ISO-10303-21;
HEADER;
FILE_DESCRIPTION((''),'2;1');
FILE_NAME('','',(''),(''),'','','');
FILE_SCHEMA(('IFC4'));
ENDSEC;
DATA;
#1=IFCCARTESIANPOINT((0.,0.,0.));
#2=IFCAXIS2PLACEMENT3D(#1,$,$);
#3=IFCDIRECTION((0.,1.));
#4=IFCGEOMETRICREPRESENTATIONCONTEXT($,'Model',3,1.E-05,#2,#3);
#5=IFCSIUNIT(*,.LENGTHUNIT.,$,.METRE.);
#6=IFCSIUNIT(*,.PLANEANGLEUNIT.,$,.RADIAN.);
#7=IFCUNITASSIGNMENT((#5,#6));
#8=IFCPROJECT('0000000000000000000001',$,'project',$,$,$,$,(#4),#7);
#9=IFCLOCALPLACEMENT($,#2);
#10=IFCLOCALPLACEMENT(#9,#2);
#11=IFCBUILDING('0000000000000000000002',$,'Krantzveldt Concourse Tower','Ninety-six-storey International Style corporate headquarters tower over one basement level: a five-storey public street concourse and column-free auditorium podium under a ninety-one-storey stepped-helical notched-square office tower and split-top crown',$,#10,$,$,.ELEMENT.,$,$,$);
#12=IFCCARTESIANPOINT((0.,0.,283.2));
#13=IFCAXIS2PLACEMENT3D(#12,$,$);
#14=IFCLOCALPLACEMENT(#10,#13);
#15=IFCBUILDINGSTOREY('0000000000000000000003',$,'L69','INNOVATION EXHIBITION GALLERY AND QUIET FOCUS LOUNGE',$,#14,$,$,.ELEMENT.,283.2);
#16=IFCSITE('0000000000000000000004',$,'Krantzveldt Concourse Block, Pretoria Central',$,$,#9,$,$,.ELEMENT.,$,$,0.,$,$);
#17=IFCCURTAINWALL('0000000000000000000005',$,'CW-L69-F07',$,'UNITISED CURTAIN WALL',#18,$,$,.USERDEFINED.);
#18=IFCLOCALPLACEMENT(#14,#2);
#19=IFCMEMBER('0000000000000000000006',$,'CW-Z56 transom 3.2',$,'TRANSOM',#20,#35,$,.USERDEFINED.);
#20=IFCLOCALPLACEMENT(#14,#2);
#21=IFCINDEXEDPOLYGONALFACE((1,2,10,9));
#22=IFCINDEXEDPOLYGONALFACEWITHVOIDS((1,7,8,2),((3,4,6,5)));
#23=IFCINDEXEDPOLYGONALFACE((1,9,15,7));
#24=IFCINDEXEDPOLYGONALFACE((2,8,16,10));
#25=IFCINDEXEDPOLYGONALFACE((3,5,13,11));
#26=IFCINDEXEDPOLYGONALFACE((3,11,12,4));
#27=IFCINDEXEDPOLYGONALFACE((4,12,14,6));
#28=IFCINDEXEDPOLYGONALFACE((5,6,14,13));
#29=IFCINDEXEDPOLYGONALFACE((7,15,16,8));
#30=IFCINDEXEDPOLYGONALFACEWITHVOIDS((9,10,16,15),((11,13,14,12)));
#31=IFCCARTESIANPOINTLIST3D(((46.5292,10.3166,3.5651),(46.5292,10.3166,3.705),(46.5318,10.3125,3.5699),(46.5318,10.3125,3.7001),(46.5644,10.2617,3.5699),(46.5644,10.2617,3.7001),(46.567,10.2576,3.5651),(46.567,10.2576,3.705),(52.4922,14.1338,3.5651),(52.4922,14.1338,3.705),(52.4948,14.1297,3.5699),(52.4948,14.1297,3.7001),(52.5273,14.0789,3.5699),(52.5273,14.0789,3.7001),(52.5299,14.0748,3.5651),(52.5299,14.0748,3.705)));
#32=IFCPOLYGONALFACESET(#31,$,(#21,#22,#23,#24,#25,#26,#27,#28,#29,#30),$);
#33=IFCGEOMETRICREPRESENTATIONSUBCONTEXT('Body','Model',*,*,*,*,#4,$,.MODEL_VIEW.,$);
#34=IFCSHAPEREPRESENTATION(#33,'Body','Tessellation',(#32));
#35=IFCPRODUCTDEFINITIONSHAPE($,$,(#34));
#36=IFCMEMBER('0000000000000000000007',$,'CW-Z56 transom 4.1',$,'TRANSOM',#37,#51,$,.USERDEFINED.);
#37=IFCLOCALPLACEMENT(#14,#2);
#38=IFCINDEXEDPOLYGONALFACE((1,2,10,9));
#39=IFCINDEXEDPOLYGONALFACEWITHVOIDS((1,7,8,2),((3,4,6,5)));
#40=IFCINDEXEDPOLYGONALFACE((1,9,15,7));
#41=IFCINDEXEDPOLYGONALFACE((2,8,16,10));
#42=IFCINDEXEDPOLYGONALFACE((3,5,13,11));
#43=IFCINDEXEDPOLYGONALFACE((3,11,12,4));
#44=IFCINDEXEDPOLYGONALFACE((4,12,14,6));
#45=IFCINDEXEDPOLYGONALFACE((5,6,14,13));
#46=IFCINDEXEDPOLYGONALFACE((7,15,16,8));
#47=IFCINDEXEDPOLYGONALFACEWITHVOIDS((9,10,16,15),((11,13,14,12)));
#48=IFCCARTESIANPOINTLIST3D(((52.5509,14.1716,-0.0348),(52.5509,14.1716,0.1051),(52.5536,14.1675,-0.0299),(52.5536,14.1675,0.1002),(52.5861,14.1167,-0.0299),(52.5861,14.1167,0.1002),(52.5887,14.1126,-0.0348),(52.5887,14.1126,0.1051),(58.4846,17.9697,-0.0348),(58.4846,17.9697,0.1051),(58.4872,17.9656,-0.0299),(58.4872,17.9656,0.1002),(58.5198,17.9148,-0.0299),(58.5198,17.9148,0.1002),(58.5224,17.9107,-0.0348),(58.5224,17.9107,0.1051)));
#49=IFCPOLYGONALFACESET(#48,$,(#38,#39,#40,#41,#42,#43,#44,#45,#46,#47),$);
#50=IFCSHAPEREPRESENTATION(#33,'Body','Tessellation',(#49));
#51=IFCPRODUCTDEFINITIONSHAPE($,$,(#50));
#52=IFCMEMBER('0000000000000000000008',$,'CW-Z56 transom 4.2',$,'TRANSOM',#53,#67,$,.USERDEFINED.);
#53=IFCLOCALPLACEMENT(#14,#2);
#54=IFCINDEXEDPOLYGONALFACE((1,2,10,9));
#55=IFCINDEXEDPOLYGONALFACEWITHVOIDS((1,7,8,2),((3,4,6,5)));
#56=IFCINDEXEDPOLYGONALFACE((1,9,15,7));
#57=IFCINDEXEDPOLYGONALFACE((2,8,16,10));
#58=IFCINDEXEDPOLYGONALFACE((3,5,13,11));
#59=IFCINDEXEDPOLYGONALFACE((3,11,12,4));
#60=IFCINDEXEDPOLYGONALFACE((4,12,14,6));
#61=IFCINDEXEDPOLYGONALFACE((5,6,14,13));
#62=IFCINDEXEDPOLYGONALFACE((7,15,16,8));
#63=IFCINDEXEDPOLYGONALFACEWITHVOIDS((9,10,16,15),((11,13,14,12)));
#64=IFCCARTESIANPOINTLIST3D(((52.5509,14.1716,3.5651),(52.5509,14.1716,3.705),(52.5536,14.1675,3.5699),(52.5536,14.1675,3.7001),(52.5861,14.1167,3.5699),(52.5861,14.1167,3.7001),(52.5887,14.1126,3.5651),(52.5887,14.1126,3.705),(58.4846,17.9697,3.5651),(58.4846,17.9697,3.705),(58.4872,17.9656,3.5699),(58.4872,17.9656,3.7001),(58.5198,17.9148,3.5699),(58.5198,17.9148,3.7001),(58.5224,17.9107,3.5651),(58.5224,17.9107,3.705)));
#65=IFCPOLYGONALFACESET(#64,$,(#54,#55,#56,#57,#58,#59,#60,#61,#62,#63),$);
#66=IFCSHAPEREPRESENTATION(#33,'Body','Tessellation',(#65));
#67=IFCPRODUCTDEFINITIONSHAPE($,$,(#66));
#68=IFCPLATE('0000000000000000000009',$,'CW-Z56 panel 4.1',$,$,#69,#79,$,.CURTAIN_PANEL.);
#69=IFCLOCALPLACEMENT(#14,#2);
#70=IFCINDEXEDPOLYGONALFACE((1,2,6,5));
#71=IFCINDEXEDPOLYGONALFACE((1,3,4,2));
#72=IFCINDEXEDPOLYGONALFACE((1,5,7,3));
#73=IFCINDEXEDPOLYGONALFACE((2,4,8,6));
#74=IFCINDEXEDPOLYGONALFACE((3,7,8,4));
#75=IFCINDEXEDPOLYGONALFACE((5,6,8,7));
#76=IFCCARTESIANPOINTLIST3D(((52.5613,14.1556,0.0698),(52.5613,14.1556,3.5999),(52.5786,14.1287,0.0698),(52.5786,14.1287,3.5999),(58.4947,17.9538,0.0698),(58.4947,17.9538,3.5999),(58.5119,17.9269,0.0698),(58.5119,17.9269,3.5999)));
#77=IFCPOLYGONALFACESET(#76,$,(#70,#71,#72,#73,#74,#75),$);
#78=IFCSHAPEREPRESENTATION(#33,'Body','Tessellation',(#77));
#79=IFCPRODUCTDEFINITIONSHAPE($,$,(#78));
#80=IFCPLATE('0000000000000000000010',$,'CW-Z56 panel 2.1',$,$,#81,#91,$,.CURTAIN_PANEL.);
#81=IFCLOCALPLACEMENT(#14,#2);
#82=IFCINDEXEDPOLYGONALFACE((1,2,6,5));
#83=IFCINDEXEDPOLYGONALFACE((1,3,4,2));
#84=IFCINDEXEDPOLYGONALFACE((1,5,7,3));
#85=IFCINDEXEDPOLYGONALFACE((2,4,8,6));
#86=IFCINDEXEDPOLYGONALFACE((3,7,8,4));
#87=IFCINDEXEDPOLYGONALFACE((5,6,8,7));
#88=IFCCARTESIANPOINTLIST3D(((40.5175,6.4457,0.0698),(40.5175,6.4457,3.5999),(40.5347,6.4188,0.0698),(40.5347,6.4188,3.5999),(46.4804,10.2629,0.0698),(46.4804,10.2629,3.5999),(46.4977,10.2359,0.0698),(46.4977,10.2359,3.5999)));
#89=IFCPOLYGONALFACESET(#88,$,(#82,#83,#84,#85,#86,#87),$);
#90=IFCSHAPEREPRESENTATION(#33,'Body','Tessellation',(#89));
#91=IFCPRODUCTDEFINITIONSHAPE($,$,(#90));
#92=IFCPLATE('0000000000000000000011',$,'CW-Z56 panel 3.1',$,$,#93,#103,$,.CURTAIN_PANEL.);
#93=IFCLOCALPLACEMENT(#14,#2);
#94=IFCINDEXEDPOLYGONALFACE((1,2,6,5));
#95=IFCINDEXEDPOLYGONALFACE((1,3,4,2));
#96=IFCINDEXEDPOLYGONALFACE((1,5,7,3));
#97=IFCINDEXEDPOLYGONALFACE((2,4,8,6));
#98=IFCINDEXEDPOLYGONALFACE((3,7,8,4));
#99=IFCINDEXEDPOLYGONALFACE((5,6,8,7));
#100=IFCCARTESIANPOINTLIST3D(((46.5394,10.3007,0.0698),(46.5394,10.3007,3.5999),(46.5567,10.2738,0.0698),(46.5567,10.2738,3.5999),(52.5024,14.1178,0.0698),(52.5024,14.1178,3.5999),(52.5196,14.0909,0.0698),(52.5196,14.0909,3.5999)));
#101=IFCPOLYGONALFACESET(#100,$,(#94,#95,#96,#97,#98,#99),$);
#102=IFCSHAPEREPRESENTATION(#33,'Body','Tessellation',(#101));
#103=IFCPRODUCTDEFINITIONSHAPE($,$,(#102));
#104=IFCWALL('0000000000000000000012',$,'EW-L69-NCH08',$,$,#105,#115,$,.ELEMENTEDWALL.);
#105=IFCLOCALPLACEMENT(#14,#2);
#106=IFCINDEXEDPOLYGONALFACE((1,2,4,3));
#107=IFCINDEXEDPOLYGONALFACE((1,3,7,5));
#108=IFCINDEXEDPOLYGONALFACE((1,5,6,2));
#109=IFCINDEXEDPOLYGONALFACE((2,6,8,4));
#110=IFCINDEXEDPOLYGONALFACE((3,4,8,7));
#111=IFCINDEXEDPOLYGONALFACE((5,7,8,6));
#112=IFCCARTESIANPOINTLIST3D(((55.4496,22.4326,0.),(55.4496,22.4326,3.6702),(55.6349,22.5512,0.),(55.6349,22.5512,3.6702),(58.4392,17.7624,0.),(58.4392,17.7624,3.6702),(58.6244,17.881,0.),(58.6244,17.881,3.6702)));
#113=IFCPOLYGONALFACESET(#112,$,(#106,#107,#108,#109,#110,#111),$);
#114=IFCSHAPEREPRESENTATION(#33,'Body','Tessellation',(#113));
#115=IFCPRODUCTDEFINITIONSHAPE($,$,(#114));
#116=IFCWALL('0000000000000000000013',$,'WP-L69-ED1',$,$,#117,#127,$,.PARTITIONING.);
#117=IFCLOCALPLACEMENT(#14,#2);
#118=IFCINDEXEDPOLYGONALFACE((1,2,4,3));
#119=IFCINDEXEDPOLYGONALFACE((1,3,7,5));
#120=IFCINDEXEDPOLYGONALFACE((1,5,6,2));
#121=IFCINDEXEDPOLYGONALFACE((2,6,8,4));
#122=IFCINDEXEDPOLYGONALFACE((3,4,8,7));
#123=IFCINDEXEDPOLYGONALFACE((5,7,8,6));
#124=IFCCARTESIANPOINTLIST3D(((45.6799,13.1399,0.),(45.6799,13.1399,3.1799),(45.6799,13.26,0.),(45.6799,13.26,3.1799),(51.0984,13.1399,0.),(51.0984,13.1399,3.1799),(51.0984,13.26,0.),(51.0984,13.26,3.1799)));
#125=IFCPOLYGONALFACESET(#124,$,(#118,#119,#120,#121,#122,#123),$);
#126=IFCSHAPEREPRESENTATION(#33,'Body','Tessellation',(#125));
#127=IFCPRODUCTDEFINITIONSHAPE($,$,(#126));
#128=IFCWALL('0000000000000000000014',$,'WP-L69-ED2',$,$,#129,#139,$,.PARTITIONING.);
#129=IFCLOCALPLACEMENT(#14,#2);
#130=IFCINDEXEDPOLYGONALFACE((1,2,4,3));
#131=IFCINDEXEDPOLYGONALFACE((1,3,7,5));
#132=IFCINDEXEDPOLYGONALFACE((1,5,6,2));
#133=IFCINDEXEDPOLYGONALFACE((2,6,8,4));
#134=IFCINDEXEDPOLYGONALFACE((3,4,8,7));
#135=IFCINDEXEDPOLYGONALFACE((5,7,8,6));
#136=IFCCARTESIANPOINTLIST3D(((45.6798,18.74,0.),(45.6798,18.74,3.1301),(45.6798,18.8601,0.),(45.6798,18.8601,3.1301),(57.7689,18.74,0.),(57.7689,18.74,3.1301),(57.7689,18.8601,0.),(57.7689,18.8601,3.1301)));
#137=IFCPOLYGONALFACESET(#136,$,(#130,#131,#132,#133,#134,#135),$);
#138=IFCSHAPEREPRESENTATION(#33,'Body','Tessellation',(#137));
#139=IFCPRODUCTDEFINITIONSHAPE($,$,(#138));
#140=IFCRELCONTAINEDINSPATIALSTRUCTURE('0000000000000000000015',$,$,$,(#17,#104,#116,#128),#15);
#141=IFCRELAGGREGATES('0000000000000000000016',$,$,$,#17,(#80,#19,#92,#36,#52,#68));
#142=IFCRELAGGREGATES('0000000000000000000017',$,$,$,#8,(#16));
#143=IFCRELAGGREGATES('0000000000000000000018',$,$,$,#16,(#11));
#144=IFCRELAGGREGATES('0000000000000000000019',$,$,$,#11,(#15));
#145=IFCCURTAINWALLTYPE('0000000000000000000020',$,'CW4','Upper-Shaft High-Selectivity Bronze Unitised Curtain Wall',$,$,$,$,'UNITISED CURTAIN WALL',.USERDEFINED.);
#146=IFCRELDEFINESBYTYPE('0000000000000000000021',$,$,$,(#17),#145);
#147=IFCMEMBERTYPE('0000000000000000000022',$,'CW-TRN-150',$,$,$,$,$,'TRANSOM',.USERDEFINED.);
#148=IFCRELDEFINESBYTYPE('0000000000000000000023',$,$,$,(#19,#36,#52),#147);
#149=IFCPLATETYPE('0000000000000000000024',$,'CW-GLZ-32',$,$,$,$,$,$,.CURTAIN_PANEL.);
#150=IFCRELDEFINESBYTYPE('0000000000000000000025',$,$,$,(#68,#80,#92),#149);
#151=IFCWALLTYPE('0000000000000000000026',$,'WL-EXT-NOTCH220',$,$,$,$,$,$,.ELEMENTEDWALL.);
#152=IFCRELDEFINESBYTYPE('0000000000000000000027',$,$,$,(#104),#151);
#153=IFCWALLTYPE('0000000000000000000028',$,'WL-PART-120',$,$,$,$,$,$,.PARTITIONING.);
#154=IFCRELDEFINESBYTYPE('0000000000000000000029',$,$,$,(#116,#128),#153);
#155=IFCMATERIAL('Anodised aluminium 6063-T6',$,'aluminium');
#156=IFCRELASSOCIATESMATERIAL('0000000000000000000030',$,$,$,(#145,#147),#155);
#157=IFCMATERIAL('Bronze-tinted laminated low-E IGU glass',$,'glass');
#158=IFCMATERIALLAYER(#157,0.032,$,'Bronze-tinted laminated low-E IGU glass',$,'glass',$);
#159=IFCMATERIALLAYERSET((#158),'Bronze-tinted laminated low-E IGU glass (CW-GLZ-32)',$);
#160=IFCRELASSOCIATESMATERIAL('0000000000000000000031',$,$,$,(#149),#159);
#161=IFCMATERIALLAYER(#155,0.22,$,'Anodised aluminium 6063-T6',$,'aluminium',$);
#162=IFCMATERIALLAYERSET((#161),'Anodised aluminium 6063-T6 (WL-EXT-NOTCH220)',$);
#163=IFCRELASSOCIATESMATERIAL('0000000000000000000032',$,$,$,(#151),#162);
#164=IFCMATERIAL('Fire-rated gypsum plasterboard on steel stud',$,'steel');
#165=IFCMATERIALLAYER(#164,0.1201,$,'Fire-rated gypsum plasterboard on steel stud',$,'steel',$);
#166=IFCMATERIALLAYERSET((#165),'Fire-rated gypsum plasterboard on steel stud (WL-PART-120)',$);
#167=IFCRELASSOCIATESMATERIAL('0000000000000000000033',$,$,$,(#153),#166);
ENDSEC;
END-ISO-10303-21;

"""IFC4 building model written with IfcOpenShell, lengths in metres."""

from ifc_helpers import new_model, si_unit, direction, frame, frame_2d, origin, origin_2d, place, context, subcontext, project, spatial, rectangle, hollow_rectangle, extrude, source, transform, mapped, material, layer, layer_set, material_profile, profile_set, type_object, type_shapes, element, aggregate, save


model = new_model("IFC4")

# Units and contexts
model_context = context("Model", 3, precision=1e-05, world=origin(), true_north=direction((0.0, 1.0)))
body_context = subcontext(model_context, "Body", "Model", "MODEL_VIEW")
ifc_project = project(units=[si_unit("LENGTHUNIT", "METRE"), si_unit("PLANEANGLEUNIT", "RADIAN")], contexts=[model_context])

# Site, building, storey
site_placement = place(None, origin())
site = spatial("IfcSite", under=ifc_project, at=site_placement, Name="Krantzveldt Concourse Block, Pretoria Central", CompositionType="ELEMENT", RefElevation=0.0)
building_placement = place(site_placement, origin())
building = spatial("IfcBuilding", under=site, at=building_placement, Name="Krantzveldt Concourse Tower", Description="Ninety-six-storey International Style corporate headquarters tower over one basement level: a five-storey public street concourse and column-free auditorium podium under a ninety-one-storey stepped-helical notched-square office tower and split-top crown", CompositionType="ELEMENT")
storey_placement = place(building_placement, frame((0.0, 0.0, 283.2)))
storey = spatial("IfcBuildingStorey", under=building, at=storey_placement, Name="L69", Description="INNOVATION EXHIBITION GALLERY AND QUIET FOCUS LOUNGE", CompositionType="ELEMENT", Elevation=283.2)

# Curtain wall, members, plates
ifc_material_1 = material(Name="Anodised aluminium 6063-T6", Category="aluminium")
curtain_wall_type = type_object("IfcCurtainWallType", Name="CW4", Description="Upper-Shaft High-Selectivity Bronze Unitised Curtain Wall", ElementType="UNITISED CURTAIN WALL", PredefinedType="USERDEFINED", material=ifc_material_1)
curtain_wall_placement = place(storey_placement, origin())
curtain_wall = element("IfcCurtainWall", 1, at=curtain_wall_placement, inside=storey, type_object=curtain_wall_type, Name="CW-L69-F07", ObjectType="UNITISED CURTAIN WALL", PredefinedType="USERDEFINED")
ifc_material_profile_1 = material_profile(ifc_material_1, hollow_rectangle(XDim=0.0701, YDim=0.1399, WallThickness=0.0049, at=origin_2d()), Name="Anodised aluminium 6063-T6", Category="aluminium")
ifc_profile_set_1 = profile_set([ifc_material_profile_1], Name="Anodised aluminium 6063-T6 - ALU-TRAN 140x70x5")
member_type_1 = type_object("IfcMemberType", Name="CW-TRN-150", ElementType="TRANSOM", PredefinedType="USERDEFINED", material=ifc_profile_set_1)
shared_shape_1 = source(origin(), body_context, "Body", "SweptSolid", [
    extrude(hollow_rectangle(XDim=0.0701, YDim=0.1399, WallThickness=0.0049, at=origin_2d()), origin(), (0.0, 0.0, 1.0), 7.0801),
])
member_1_placement = place(storey_placement, frame((46.5481, 10.2871, 3.635), z_axis=(0.842214, 0.539143, 0.0), x_axis=(-0.539143, 0.842214, 0.0)))
member_1 = element("IfcMember", 2, at=member_1_placement, type_object=member_type_1, Name="CW-Z56 transom 3.2", ObjectType="TRANSOM", PredefinedType="USERDEFINED", context=body_context, shape_type="MappedRepresentation", body=[
    mapped(shared_shape_1, transform((0.0, 0.0, 0.0), x_axis=(1.0, 0.0, 0.0), y_axis=(0.0, 1.0, 0.0), z_axis=(0.0, 0.0, 1.0), scale=1.0)),
])
shared_shape_2 = source(origin(), body_context, "Body", "SweptSolid", [
    extrude(hollow_rectangle(XDim=0.0701, YDim=0.1399, WallThickness=0.0049, at=origin_2d()), origin(), (0.0, 0.0, 1.0), 7.0452),
])
type_shapes(member_type_1, [shared_shape_1, shared_shape_2])
member_2_placement = place(storey_placement, frame((52.5698, 14.1421, 0.0352), z_axis=(0.842233, 0.539114, 0.0), x_axis=(-0.539114, 0.842233, 0.0)))
member_2 = element("IfcMember", 3, at=member_2_placement, type_object=member_type_1, Name="CW-Z56 transom 4.1", ObjectType="TRANSOM", PredefinedType="USERDEFINED", context=body_context, shape_type="MappedRepresentation", body=[
    mapped(shared_shape_2, transform((0.0, 0.0, 0.0), x_axis=(1.0, 0.0, 0.0), y_axis=(0.0, 1.0, 0.0), z_axis=(0.0, 0.0, 1.0), scale=1.0)),
])
member_3_placement = place(storey_placement, frame((52.5698, 14.1421, 3.635), z_axis=(0.842233, 0.539114, 0.0), x_axis=(-0.539114, 0.842233, 0.0)))
member_3 = element("IfcMember", 4, at=member_3_placement, type_object=member_type_1, Name="CW-Z56 transom 4.2", ObjectType="TRANSOM", PredefinedType="USERDEFINED", context=body_context, shape_type="MappedRepresentation", body=[
    mapped(shared_shape_2, transform((0.0, 0.0, 0.0), x_axis=(1.0, 0.0, 0.0), y_axis=(0.0, 1.0, 0.0), z_axis=(0.0, 0.0, 1.0), scale=1.0)),
])
ifc_material_2 = material(Name="Bronze-tinted laminated low-E IGU glass", Category="glass")
ifc_layer_1 = layer(ifc_material_2, 0.032, Name="Bronze-tinted laminated low-E IGU glass", Category="glass")
ifc_layer_set_1 = layer_set([ifc_layer_1], Name="Bronze-tinted laminated low-E IGU glass (CW-GLZ-32)")
plate_type = type_object("IfcPlateType", Name="CW-GLZ-32", PredefinedType="CURTAIN_PANEL", material=ifc_layer_set_1)
shared_shape_3 = source(origin(), body_context, "Body", "SweptSolid", [
    extrude(rectangle(XDim=7.0449, YDim=0.032, at=origin_2d()), origin(), (0.0, 0.0, 1.0), 3.53),
])
plate_1_placement = place(storey_placement, frame((55.5366, 16.0413, 0.0698), z_axis=(0.0, 0.0, 1.0), x_axis=(0.842217, 0.539138, 0.0)))
plate_1 = element("IfcPlate", 5, at=plate_1_placement, type_object=plate_type, Name="CW-Z56 panel 4.1", PredefinedType="CURTAIN_PANEL", context=body_context, shape_type="MappedRepresentation", body=[
    mapped(shared_shape_3, transform((0.0, 0.0, 0.0), x_axis=(1.0, 0.0, 0.0), y_axis=(0.0, 1.0, 0.0), z_axis=(0.0, 0.0, 1.0), scale=1.0)),
])
shared_shape_4 = source(origin(), body_context, "Body", "SweptSolid", [
    extrude(rectangle(XDim=7.0801, YDim=0.032, at=origin_2d()), origin(), (0.0, 0.0, 1.0), 3.53),
])
type_shapes(plate_type, [shared_shape_3, shared_shape_4])
plate_2_placement = place(storey_placement, frame((43.5076, 8.3408, 0.0698), z_axis=(0.0, 0.0, 1.0), x_axis=(0.842217, 0.539138, 0.0)))
plate_2 = element("IfcPlate", 6, at=plate_2_placement, type_object=plate_type, Name="CW-Z56 panel 2.1", PredefinedType="CURTAIN_PANEL", context=body_context, shape_type="MappedRepresentation", body=[
    mapped(shared_shape_4, transform((0.0, 0.0, 0.0), x_axis=(1.0, 0.0, 0.0), y_axis=(0.0, 1.0, 0.0), z_axis=(0.0, 0.0, 1.0), scale=1.0)),
])
plate_3_placement = place(storey_placement, frame((49.5295, 12.1958, 0.0698), z_axis=(0.0, 0.0, 1.0), x_axis=(0.842217, 0.539138, 0.0)))
plate_3 = element("IfcPlate", 7, at=plate_3_placement, type_object=plate_type, Name="CW-Z56 panel 3.1", PredefinedType="CURTAIN_PANEL", context=body_context, shape_type="MappedRepresentation", body=[
    mapped(shared_shape_4, transform((0.0, 0.0, 0.0), x_axis=(1.0, 0.0, 0.0), y_axis=(0.0, 1.0, 0.0), z_axis=(0.0, 0.0, 1.0), scale=1.0)),
])
aggregate(curtain_wall, [plate_2, member_1, plate_3, member_2, member_3, plate_1])

# Walls
ifc_layer_2 = layer(ifc_material_1, 0.22, Name="Anodised aluminium 6063-T6", Category="aluminium")
ifc_layer_set_2 = layer_set([ifc_layer_2], Name="Anodised aluminium 6063-T6 (WL-EXT-NOTCH220)")
wall_type_1 = type_object("IfcWallType", Name="WL-EXT-NOTCH220", PredefinedType="ELEMENTEDWALL", material=ifc_layer_set_2)
wall_1_placement = place(storey_placement, frame((58.5317, 17.8218, 0.0), z_axis=(0.0, 0.0, 1.0), x_axis=(-0.53913, 0.842223, 0.0)))
element("IfcWall", 8, at=wall_1_placement, inside=storey, type_object=wall_type_1, Name="EW-L69-NCH08", PredefinedType="ELEMENTEDWALL", context=body_context, shape_type="SweptSolid", body=[
    extrude(rectangle(XDim=5.5452, YDim=0.22, at=frame_2d((2.7725, 0.0))), origin(), (0.0, 0.0, 1.0), 3.6702),
])
ifc_material_3 = material(Name="Fire-rated gypsum plasterboard on steel stud", Category="steel")
ifc_layer_3 = layer(ifc_material_3, 0.1201, Name="Fire-rated gypsum plasterboard on steel stud", Category="steel")
ifc_layer_set_3 = layer_set([ifc_layer_3], Name="Fire-rated gypsum plasterboard on steel stud (WL-PART-120)")
wall_type_2 = type_object("IfcWallType", Name="WL-PART-120", PredefinedType="PARTITIONING", material=ifc_layer_set_3)
wall_2_placement = place(storey_placement, frame((45.6799, 13.2, 0.0), z_axis=(0.0, 0.0, 1.0), x_axis=(1.0, 0.0, 0.0)))
element("IfcWall", 9, at=wall_2_placement, inside=storey, type_object=wall_type_2, Name="WP-L69-ED1", PredefinedType="PARTITIONING", context=body_context, shape_type="SweptSolid", body=[
    extrude(rectangle(XDim=5.4185, YDim=0.1201, at=frame_2d((2.7092, 0.0))), origin(), (0.0, 0.0, 1.0), 3.1799),
])
wall_3_placement = place(storey_placement, frame((45.6799, 18.8, 0.0), z_axis=(0.0, 0.0, 1.0), x_axis=(1.0, 0.0, 0.0)))
element("IfcWall", 10, at=wall_3_placement, inside=storey, type_object=wall_type_2, Name="WP-L69-ED2", PredefinedType="PARTITIONING", context=body_context, shape_type="SweptSolid", body=[
    extrude(rectangle(XDim=12.0891, YDim=0.1201, at=frame_2d((6.0444, 0.0))), origin(), (0.0, 0.0, 1.0), 3.1301),
])

save(model, "model.ifc")
